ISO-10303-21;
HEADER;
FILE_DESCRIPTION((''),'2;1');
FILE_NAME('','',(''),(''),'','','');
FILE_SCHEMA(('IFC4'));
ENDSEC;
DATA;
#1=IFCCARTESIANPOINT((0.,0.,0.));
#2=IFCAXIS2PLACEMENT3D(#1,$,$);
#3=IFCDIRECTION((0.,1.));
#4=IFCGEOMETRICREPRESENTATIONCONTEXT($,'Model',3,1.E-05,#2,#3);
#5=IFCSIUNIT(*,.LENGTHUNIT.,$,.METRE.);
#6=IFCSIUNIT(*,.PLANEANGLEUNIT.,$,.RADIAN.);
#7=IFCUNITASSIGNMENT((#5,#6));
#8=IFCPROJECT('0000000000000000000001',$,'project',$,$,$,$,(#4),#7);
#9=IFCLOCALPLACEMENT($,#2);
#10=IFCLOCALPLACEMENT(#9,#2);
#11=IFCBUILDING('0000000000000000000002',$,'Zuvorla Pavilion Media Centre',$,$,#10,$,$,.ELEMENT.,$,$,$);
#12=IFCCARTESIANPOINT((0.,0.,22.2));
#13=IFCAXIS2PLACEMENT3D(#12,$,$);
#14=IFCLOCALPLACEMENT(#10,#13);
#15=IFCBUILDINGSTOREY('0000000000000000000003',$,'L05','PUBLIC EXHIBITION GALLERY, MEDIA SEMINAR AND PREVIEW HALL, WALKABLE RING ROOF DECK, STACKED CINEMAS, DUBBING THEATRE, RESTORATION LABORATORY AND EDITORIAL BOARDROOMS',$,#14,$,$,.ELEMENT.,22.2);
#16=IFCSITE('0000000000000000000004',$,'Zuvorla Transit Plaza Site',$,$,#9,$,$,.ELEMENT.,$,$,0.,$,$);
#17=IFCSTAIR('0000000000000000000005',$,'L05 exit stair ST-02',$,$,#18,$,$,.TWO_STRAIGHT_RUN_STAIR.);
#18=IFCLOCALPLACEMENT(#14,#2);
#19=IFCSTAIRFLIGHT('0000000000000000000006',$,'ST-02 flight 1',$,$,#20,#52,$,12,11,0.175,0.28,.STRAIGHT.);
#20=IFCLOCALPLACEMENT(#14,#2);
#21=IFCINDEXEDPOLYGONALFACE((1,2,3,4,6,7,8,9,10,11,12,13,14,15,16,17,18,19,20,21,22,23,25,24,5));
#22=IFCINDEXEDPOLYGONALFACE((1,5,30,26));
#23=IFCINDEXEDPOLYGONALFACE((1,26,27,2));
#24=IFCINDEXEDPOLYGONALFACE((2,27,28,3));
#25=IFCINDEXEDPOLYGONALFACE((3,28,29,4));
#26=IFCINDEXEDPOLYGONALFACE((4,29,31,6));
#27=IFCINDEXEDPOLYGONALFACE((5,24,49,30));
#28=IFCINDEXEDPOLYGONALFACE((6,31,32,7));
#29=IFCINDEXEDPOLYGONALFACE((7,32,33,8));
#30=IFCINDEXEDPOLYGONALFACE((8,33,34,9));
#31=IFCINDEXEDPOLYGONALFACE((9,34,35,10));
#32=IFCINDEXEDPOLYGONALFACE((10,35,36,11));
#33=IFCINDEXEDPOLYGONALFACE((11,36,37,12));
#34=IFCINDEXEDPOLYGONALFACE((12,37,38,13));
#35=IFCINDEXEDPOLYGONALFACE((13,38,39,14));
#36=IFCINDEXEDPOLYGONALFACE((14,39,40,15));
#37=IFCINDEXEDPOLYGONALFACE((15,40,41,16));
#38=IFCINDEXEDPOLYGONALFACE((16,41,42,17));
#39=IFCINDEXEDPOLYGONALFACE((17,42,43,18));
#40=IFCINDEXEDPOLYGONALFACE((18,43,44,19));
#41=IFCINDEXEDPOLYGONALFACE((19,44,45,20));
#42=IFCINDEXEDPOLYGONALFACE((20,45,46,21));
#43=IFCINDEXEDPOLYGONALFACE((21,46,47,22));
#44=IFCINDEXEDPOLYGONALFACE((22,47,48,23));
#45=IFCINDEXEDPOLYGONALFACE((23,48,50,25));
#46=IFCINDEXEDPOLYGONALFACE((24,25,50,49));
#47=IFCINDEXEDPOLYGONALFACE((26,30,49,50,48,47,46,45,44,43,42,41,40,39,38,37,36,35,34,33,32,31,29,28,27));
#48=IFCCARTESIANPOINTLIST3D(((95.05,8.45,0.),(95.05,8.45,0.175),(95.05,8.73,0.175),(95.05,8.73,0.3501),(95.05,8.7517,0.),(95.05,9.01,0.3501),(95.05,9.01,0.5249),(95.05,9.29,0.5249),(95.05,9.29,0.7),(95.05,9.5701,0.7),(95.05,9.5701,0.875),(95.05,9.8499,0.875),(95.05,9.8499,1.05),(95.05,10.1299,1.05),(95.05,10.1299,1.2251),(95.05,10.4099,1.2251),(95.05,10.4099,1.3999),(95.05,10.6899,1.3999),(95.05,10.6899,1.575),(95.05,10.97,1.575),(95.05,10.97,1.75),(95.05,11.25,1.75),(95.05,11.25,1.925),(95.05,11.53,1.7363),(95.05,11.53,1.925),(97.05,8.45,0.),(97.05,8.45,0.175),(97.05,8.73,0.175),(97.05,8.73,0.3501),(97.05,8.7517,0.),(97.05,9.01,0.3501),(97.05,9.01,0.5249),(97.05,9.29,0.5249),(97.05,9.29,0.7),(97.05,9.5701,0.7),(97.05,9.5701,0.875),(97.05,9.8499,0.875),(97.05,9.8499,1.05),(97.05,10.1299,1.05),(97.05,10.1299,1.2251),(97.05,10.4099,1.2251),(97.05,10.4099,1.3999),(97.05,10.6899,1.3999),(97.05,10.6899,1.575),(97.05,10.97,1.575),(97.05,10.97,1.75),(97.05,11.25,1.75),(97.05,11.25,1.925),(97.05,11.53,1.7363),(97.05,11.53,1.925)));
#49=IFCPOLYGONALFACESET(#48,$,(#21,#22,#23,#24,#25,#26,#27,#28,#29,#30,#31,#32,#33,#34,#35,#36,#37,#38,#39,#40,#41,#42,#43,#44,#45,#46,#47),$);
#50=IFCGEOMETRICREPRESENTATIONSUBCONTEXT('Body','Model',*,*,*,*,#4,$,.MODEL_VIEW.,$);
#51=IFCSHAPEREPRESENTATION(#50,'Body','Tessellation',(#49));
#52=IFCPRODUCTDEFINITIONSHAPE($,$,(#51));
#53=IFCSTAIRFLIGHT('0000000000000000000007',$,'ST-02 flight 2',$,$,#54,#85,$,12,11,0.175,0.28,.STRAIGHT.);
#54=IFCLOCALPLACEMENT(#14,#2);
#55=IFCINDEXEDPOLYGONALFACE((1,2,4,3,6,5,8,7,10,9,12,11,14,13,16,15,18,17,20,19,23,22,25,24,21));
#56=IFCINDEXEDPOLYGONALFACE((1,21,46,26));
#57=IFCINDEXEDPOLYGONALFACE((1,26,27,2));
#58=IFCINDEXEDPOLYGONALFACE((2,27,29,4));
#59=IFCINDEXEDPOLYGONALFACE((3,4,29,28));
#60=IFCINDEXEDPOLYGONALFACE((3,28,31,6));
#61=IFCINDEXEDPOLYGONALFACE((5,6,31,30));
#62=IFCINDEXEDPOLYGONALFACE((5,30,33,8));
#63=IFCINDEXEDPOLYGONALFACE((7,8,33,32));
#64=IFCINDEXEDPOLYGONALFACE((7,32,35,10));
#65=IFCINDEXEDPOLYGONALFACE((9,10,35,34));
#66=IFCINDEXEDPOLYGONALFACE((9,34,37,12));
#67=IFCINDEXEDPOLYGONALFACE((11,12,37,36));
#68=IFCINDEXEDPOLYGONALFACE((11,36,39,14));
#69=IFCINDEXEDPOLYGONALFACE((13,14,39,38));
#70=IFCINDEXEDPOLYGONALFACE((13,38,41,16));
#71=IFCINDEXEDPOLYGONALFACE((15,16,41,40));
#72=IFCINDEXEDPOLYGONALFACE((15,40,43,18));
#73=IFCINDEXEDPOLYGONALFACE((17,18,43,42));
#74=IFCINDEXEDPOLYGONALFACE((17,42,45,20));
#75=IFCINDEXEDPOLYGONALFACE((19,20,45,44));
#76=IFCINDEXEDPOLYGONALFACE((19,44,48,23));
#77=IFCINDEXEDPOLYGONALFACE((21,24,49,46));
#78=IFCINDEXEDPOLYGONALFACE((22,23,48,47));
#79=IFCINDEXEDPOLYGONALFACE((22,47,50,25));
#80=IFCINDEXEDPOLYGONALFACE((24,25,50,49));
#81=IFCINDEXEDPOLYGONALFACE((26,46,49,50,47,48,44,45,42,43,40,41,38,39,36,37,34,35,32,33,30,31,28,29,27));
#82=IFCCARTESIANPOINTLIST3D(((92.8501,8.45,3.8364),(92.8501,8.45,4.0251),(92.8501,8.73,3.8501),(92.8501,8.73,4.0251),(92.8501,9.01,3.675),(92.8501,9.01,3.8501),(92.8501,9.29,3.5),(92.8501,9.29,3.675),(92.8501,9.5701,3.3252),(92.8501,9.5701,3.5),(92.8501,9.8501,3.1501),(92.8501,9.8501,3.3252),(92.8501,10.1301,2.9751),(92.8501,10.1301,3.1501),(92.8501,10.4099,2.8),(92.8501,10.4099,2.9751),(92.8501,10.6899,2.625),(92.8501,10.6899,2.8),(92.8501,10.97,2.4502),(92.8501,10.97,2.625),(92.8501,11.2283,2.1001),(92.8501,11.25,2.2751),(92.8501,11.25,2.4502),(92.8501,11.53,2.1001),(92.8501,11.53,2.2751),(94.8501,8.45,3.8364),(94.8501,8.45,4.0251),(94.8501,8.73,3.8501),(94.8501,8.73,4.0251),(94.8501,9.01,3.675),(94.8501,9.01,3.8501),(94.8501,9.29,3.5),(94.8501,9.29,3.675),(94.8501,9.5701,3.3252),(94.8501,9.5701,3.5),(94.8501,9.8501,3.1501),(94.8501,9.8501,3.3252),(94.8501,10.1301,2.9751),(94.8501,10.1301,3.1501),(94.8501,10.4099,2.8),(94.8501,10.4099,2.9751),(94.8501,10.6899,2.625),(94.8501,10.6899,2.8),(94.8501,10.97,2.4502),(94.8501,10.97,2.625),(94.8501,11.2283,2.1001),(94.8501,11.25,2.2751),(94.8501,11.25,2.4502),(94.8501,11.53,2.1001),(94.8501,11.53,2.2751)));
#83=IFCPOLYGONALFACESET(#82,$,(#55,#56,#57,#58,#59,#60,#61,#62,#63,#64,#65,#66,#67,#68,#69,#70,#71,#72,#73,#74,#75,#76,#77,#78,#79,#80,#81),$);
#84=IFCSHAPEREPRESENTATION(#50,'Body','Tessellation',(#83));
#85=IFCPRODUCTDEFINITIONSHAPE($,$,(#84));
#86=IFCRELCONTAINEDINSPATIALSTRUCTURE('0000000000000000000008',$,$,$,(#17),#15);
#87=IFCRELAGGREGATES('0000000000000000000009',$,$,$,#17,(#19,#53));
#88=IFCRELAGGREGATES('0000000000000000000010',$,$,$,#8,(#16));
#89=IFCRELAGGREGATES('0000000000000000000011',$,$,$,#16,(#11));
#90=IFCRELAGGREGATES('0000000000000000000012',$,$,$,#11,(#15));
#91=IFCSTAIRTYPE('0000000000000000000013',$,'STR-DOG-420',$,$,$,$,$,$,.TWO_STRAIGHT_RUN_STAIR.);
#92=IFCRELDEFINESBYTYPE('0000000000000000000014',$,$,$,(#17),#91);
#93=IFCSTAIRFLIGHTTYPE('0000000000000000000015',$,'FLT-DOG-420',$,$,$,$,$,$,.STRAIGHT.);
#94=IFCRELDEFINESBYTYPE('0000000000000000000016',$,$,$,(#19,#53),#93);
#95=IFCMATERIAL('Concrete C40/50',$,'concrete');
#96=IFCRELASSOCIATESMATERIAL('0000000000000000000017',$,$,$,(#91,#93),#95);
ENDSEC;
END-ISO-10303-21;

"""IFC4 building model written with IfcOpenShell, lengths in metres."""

from ifc_helpers import new_model, si_unit, direction, frame, origin, place, context, subcontext, project, spatial, polyline, outline, extrude, material, type_object, element, aggregate, save


model = new_model("IFC4")

# Units and contexts
model_context = context("Model", 3, precision=1e-05, world=origin(), true_north=direction((0.0, 1.0)))
body_context = subcontext(model_context, "Body", "Model", "MODEL_VIEW")
ifc_project = project(units=[si_unit("LENGTHUNIT", "METRE"), si_unit("PLANEANGLEUNIT", "RADIAN")], contexts=[model_context])

# Site, building, storey
site_placement = place(None, origin())
site = spatial("IfcSite", under=ifc_project, at=site_placement, Name="Zuvorla Transit Plaza Site", CompositionType="ELEMENT", RefElevation=0.0)
building_placement = place(site_placement, origin())
building = spatial("IfcBuilding", under=site, at=building_placement, Name="Zuvorla Pavilion Media Centre", CompositionType="ELEMENT")
storey_placement = place(building_placement, frame((0.0, 0.0, 22.2)))
storey = spatial("IfcBuildingStorey", under=building, at=storey_placement, Name="L05", Description="PUBLIC EXHIBITION GALLERY, MEDIA SEMINAR AND PREVIEW HALL, WALKABLE RING ROOF DECK, STACKED CINEMAS, DUBBING THEATRE, RESTORATION LABORATORY AND EDITORIAL BOARDROOMS", CompositionType="ELEMENT", Elevation=22.2)

# Shared definitions
ifc_material_1 = material(Name="Concrete C40/50", Category="concrete")

# Stair, stair flights
stair_type = type_object("IfcStairType", Name="STR-DOG-420", PredefinedType="TWO_STRAIGHT_RUN_STAIR", material=ifc_material_1)
stair_placement = place(storey_placement, origin())
stair = element("IfcStair", 1, at=stair_placement, inside=storey, type_object=stair_type, Name="L05 exit stair ST-02", PredefinedType="TWO_STRAIGHT_RUN_STAIR")
stair_flight_type = type_object("IfcStairFlightType", Name="FLT-DOG-420", PredefinedType="STRAIGHT", material=ifc_material_1)
stair_flight_1_placement = place(storey_placement, frame((96.05, 8.45, 0.0), z_axis=(0.0, 0.0, 1.0), x_axis=(0.0, 1.0, 0.0)))
stair_flight_1 = element("IfcStairFlight", 2, at=stair_flight_1_placement, type_object=stair_flight_type, Name="ST-02 flight 1", NumberOfRisers=12, NumberOfTreads=11, PredefinedType="STRAIGHT", RiserHeight=0.175, TreadLength=0.28, context=body_context, shape_type="SweptSolid", body=[
    extrude(outline(polyline([(0.0, 0.0), (0.0, 0.175), (0.28, 0.175), (0.28, 0.3501), (0.5601, 0.3501), (0.5601, 0.5249), (0.8401, 0.5249), (0.8401, 0.7), (1.1201, 0.7), (1.1201, 0.875), (1.3999, 0.875), (1.3999, 1.05), (1.6799, 1.05), (1.6799, 1.2251), (1.96, 1.2251), (1.96, 1.3999), (2.24, 1.3999), (2.24, 1.575), (2.52, 1.575), (2.52, 1.75), (2.8, 1.75), (2.8, 1.925), (3.0801, 1.925), (3.0801, 2.1001), (3.0801, 1.7363), (0.3018, 0.0), (0.0, 0.0)])), frame((0.0, 1.0, 0.0), z_axis=(0.0, -1.0, 0.0), x_axis=(1.0, 0.0, 0.0)), (0.0, 0.0, 1.0), 2.0),
])
stair_flight_2_placement = place(storey_placement, frame((93.8501, 11.53, 2.1001), z_axis=(0.0, 0.0, 1.0), x_axis=(0.0, -1.0, 0.0)))
stair_flight_2 = element("IfcStairFlight", 3, at=stair_flight_2_placement, type_object=stair_flight_type, Name="ST-02 flight 2", NumberOfRisers=12, NumberOfTreads=11, PredefinedType="STRAIGHT", RiserHeight=0.175, TreadLength=0.28, context=body_context, shape_type="SweptSolid", body=[
    extrude(outline(polyline([(0.0, 0.0), (0.0, 0.175), (0.28, 0.175), (0.28, 0.3501), (0.5601, 0.3501), (0.5601, 0.5249), (0.8401, 0.5249), (0.8401, 0.7), (1.1201, 0.7), (1.1201, 0.875), (1.3999, 0.875), (1.3999, 1.05), (1.6799, 1.05), (1.6799, 1.2251), (1.96, 1.2251), (1.96, 1.3999), (2.24, 1.3999), (2.24, 1.575), (2.52, 1.575), (2.52, 1.75), (2.8, 1.75), (2.8, 1.925), (3.0801, 1.925), (3.0801, 2.1001), (3.0801, 1.7363), (0.3018, 0.0), (0.0, 0.0)])), frame((0.0, 1.0, 0.0), z_axis=(0.0, -1.0, 0.0), x_axis=(1.0, 0.0, 0.0)), (0.0, 0.0, 1.0), 2.0),
])
aggregate(stair, [stair_flight_1, stair_flight_2])

save(model, "model.ifc")
